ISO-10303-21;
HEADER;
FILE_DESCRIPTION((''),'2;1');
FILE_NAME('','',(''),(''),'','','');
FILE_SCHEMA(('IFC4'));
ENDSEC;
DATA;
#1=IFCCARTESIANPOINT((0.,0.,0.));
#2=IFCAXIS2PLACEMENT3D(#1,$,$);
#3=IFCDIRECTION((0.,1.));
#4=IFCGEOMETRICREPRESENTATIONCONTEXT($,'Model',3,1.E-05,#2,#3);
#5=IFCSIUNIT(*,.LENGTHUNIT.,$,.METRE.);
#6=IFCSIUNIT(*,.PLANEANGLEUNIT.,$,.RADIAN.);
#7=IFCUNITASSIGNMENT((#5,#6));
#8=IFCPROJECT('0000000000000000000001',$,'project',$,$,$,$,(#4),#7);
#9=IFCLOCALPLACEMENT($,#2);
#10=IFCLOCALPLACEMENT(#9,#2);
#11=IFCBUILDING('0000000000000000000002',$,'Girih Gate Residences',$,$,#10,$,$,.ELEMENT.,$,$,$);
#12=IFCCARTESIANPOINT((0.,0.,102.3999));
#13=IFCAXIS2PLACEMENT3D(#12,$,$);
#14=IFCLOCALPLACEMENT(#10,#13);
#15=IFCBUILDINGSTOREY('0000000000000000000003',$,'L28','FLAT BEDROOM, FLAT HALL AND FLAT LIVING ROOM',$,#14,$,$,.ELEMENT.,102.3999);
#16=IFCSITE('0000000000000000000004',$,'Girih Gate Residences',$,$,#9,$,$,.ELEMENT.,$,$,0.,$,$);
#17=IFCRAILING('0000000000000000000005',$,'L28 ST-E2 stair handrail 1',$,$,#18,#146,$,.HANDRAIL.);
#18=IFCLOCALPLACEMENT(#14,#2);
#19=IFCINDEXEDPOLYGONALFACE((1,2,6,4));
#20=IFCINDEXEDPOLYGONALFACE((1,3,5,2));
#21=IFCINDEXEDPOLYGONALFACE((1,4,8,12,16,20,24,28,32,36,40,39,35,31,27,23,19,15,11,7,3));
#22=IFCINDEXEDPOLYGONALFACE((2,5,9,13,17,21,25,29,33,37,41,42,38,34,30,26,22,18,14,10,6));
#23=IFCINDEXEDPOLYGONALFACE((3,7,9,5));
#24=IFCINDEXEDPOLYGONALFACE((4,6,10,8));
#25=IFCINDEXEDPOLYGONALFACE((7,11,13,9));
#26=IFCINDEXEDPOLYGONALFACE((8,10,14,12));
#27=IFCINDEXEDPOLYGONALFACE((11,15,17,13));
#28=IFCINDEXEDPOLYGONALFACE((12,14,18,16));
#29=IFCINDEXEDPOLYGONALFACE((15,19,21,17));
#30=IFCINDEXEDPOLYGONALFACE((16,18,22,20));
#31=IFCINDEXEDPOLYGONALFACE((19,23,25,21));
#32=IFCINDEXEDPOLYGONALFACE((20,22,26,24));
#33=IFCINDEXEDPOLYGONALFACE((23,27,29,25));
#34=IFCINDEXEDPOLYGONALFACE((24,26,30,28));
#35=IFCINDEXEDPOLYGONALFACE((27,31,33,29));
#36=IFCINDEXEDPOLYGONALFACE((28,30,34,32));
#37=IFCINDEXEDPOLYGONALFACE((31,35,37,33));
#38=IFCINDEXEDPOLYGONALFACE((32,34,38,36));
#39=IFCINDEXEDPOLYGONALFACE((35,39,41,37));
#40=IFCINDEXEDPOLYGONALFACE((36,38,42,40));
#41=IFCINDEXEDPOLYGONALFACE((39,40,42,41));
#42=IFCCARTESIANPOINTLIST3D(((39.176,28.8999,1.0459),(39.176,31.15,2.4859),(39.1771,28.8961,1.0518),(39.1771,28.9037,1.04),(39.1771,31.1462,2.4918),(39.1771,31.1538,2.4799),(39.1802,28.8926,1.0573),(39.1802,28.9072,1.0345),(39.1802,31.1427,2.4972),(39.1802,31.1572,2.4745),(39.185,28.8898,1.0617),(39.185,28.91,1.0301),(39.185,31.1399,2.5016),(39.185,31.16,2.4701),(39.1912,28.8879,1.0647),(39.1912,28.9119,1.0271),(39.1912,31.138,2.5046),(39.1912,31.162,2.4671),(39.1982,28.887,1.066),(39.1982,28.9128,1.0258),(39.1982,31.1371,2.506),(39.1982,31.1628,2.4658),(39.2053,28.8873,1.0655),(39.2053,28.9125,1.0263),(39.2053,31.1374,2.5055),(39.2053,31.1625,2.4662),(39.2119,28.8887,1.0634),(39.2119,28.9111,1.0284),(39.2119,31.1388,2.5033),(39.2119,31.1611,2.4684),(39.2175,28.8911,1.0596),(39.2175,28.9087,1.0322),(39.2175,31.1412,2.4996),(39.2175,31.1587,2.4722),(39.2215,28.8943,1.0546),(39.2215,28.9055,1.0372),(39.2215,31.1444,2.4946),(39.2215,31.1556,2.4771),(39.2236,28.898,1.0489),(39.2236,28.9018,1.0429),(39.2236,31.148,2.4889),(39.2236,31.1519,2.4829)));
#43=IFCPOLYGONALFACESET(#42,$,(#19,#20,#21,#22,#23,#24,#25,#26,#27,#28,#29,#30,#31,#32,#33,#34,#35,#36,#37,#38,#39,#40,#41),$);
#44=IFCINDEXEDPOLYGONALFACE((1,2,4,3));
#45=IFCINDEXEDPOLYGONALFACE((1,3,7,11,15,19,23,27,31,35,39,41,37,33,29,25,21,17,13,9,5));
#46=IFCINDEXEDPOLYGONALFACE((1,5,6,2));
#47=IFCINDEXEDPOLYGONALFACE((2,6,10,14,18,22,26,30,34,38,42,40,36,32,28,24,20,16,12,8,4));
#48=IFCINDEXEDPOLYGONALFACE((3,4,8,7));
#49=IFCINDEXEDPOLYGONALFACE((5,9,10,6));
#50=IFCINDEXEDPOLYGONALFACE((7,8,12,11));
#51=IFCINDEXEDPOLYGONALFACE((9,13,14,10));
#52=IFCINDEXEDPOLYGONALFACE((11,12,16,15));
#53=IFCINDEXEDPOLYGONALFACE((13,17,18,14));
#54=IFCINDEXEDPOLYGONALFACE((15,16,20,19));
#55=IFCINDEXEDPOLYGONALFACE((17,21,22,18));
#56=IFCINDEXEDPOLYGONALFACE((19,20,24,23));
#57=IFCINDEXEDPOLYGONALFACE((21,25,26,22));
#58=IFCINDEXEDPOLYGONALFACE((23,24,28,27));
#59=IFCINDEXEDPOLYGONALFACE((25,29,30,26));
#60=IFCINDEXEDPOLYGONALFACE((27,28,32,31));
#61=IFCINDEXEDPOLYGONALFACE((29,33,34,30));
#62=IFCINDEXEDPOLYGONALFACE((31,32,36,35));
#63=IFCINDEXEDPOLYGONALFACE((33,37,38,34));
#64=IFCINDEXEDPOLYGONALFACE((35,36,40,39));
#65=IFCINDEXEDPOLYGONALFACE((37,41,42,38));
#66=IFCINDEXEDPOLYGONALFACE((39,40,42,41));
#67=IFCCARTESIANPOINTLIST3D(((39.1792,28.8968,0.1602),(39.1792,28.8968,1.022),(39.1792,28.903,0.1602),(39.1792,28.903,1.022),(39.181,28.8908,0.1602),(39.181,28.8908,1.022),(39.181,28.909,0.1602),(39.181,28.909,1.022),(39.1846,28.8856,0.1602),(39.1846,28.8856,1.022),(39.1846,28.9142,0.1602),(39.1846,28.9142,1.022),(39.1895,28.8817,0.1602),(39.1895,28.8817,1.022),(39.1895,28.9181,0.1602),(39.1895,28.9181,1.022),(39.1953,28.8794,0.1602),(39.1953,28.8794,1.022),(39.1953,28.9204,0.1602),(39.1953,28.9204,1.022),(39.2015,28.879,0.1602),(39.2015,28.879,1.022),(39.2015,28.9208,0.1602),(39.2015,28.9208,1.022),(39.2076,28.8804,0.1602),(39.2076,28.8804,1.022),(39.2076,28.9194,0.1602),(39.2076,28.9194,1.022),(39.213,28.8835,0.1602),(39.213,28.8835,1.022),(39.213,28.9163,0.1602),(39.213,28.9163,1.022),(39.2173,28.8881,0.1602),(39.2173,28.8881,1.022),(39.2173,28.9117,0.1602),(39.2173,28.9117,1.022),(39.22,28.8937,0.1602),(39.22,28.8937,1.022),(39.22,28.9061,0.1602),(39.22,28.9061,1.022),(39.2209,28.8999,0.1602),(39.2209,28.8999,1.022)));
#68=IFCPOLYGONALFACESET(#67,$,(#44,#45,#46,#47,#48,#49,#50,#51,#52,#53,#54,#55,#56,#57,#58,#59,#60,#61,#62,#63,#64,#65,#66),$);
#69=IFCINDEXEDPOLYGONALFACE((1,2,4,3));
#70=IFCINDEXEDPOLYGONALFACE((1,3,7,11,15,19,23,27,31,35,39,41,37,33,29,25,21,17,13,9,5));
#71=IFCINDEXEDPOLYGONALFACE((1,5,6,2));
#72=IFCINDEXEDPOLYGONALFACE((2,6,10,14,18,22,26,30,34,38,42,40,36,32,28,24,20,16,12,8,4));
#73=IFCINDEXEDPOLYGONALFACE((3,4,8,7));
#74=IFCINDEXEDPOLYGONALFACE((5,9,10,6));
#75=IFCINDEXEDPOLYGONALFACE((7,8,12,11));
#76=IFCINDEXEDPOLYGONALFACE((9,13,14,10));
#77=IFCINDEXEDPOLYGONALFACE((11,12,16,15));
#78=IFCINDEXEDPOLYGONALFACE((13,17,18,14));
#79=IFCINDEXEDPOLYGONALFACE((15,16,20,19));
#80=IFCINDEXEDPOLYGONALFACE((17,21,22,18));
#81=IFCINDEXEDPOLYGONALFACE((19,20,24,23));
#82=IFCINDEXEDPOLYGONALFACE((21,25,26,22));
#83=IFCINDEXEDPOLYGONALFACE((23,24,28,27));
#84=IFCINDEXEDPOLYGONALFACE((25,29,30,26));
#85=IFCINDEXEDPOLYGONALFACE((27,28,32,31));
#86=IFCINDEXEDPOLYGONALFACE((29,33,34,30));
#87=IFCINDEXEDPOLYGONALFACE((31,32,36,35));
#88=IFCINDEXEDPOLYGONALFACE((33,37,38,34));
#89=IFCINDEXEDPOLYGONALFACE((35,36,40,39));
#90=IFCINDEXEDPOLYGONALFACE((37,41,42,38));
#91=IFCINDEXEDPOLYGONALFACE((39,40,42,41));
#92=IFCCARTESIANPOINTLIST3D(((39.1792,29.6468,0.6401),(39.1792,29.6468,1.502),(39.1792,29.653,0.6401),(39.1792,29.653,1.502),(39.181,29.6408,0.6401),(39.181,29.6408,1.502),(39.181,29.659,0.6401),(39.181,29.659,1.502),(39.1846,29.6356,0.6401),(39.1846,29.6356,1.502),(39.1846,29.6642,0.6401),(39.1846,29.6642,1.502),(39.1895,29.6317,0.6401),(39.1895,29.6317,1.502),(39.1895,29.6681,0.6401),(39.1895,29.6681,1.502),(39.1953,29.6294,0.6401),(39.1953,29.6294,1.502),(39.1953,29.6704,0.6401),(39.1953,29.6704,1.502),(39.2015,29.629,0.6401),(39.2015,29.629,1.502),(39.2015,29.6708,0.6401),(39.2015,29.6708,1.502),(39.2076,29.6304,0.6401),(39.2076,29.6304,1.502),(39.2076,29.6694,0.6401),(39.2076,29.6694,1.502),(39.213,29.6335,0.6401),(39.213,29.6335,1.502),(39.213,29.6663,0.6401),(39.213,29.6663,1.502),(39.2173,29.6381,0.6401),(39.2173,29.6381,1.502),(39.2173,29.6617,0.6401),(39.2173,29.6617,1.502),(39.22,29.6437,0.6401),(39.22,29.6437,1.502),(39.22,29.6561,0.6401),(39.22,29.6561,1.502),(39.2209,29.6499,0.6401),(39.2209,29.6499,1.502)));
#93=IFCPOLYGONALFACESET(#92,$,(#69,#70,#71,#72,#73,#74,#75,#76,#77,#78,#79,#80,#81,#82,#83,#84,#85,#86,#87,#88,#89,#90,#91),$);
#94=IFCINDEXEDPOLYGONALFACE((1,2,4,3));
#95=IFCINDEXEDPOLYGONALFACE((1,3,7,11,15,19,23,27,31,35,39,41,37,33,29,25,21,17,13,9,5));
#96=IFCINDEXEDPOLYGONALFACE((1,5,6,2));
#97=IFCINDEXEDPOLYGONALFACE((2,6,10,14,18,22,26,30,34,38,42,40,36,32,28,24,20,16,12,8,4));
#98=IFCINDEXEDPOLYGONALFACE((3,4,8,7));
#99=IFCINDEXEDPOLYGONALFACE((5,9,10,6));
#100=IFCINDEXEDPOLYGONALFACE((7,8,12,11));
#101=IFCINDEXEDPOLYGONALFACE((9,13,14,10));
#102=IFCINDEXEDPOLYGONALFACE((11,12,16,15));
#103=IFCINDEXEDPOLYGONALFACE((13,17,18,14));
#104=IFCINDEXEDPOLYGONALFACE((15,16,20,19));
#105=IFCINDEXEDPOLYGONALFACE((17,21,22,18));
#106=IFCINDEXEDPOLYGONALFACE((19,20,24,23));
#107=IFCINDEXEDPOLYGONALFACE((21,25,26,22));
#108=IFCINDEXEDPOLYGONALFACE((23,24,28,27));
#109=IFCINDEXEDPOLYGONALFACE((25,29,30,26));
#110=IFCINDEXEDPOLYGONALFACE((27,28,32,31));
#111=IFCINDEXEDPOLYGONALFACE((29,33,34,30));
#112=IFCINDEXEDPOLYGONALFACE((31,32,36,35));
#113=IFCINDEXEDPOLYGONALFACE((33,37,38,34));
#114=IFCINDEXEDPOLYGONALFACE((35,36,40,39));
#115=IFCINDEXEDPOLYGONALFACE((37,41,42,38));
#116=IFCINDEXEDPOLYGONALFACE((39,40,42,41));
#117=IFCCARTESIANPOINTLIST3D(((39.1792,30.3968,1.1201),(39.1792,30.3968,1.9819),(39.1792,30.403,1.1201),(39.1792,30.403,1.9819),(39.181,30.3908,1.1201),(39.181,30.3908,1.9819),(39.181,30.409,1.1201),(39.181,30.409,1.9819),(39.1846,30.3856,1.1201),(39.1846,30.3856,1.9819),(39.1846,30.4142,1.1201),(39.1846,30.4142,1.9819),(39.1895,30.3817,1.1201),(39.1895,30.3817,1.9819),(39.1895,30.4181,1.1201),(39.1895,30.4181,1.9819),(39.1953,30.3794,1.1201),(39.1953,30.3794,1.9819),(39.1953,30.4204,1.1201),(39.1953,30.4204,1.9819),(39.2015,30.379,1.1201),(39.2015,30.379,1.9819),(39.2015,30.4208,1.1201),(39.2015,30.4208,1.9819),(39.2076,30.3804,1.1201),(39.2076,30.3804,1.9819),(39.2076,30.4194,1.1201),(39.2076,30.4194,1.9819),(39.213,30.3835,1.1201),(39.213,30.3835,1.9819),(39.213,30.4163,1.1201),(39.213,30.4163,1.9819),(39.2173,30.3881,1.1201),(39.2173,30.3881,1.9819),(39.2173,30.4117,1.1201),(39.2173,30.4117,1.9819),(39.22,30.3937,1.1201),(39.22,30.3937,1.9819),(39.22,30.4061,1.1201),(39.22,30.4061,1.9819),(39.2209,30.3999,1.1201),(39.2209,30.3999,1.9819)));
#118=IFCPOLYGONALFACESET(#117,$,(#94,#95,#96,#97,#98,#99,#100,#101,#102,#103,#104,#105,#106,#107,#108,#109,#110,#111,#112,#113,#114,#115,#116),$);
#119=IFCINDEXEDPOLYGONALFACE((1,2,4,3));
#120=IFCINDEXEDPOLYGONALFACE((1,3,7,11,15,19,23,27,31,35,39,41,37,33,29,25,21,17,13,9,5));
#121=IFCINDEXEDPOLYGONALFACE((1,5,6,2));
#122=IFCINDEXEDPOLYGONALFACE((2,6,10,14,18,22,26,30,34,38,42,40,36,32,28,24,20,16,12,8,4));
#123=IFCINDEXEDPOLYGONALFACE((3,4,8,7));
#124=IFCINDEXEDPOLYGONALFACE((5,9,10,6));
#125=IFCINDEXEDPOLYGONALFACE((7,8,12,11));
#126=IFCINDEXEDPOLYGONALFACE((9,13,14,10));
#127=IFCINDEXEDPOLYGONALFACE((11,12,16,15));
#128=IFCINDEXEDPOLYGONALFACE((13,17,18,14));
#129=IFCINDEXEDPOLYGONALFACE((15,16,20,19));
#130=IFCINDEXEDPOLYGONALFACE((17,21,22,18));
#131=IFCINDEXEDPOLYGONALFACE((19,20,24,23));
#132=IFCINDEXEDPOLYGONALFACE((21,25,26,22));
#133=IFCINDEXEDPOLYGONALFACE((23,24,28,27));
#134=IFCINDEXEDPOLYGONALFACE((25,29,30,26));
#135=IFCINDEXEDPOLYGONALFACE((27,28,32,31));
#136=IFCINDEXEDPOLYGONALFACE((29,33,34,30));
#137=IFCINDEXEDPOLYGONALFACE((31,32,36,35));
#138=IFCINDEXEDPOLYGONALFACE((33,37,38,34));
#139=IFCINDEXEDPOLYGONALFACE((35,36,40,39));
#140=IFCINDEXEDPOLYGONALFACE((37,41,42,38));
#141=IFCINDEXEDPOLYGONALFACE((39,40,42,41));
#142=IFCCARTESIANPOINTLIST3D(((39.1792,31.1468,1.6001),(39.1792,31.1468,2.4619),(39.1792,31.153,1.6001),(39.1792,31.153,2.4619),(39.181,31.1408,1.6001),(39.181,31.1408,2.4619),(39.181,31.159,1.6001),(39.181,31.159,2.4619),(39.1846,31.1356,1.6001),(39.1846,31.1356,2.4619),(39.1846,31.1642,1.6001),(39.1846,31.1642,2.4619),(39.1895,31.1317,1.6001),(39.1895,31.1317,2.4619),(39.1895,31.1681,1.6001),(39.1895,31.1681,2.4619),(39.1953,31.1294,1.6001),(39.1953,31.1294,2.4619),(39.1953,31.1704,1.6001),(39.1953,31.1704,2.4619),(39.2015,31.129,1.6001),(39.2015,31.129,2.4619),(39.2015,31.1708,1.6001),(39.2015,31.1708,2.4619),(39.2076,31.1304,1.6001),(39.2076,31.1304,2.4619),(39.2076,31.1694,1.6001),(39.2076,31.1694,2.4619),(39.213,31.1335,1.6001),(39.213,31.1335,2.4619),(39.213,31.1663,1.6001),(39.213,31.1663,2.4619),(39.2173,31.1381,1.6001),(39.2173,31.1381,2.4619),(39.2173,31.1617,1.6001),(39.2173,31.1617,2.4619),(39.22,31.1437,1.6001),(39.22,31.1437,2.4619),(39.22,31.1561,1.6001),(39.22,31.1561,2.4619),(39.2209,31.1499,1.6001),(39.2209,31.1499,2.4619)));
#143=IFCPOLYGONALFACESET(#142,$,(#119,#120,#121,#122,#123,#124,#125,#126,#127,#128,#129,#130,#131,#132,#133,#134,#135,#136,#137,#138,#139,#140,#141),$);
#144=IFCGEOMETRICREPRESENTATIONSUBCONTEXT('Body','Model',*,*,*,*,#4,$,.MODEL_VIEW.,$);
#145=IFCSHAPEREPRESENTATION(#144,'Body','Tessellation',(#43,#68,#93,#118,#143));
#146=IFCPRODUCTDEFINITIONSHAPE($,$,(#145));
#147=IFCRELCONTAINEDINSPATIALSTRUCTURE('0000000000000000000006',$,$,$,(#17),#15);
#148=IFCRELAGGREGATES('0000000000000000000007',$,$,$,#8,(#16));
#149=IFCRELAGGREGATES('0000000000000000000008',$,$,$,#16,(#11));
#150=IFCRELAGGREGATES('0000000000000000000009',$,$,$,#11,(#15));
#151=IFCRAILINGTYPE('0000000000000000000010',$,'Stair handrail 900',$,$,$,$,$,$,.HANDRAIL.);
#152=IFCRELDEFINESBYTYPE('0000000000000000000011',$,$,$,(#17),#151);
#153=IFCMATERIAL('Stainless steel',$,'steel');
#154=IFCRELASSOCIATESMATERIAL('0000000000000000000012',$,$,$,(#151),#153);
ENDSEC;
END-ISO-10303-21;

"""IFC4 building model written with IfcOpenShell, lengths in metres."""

from ifc_helpers import new_model, si_unit, direction, frame, origin, origin_2d, place, context, subcontext, project, spatial, circle, extrude, material, type_object, element, save


model = new_model("IFC4")

# Units and contexts
model_context = context("Model", 3, precision=1e-05, world=origin(), true_north=direction((0.0, 1.0)))
body_context = subcontext(model_context, "Body", "Model", "MODEL_VIEW")
ifc_project = project(units=[si_unit("LENGTHUNIT", "METRE"), si_unit("PLANEANGLEUNIT", "RADIAN")], contexts=[model_context])

# Site, building, storey
site_placement = place(None, origin())
site = spatial("IfcSite", under=ifc_project, at=site_placement, Name="Girih Gate Residences", CompositionType="ELEMENT", RefElevation=0.0)
building_placement = place(site_placement, origin())
building = spatial("IfcBuilding", under=site, at=building_placement, Name="Girih Gate Residences", CompositionType="ELEMENT")
storey_placement = place(building_placement, frame((0.0, 0.0, 102.3999)))
storey = spatial("IfcBuildingStorey", under=building, at=storey_placement, Name="L28", Description="FLAT BEDROOM, FLAT HALL AND FLAT LIVING ROOM", CompositionType="ELEMENT", Elevation=102.3999)

# Railing
ifc_material_1 = material(Name="Stainless steel", Category="steel")
railing_type_1 = type_object("IfcRailingType", Name="Stair handrail 900", PredefinedType="HANDRAIL", material=ifc_material_1)
railing_1_placement = place(storey_placement, frame((39.2, 28.8999, 0.1602)))
element("IfcRailing", 1, at=railing_1_placement, inside=storey, type_object=railing_type_1, Name="L28 ST-E2 stair handrail 1", PredefinedType="HANDRAIL", context=body_context, shape_type="SweptSolid", body=[
    extrude(circle(Radius=0.0239, at=origin_2d()), frame((0.0, 0.0, 0.8857), z_axis=(0.0, 0.842281, 0.539038), x_axis=(-1.0, 0.0, 0.0)), (0.0, 0.0, 1.0), 2.6714),
    extrude(circle(Radius=0.021, at=origin_2d()), origin(), (0.0, 0.0, 1.0), 0.8618),
    extrude(circle(Radius=0.021, at=origin_2d()), frame((0.0, 0.75, 0.48)), (0.0, 0.0, 1.0), 0.8618),
    extrude(circle(Radius=0.021, at=origin_2d()), frame((0.0, 1.5, 0.96)), (0.0, 0.0, 1.0), 0.8618),
    extrude(circle(Radius=0.021, at=origin_2d()), frame((0.0, 2.25, 1.4399)), (0.0, 0.0, 1.0), 0.8618),
])

save(model, "model.ifc")
